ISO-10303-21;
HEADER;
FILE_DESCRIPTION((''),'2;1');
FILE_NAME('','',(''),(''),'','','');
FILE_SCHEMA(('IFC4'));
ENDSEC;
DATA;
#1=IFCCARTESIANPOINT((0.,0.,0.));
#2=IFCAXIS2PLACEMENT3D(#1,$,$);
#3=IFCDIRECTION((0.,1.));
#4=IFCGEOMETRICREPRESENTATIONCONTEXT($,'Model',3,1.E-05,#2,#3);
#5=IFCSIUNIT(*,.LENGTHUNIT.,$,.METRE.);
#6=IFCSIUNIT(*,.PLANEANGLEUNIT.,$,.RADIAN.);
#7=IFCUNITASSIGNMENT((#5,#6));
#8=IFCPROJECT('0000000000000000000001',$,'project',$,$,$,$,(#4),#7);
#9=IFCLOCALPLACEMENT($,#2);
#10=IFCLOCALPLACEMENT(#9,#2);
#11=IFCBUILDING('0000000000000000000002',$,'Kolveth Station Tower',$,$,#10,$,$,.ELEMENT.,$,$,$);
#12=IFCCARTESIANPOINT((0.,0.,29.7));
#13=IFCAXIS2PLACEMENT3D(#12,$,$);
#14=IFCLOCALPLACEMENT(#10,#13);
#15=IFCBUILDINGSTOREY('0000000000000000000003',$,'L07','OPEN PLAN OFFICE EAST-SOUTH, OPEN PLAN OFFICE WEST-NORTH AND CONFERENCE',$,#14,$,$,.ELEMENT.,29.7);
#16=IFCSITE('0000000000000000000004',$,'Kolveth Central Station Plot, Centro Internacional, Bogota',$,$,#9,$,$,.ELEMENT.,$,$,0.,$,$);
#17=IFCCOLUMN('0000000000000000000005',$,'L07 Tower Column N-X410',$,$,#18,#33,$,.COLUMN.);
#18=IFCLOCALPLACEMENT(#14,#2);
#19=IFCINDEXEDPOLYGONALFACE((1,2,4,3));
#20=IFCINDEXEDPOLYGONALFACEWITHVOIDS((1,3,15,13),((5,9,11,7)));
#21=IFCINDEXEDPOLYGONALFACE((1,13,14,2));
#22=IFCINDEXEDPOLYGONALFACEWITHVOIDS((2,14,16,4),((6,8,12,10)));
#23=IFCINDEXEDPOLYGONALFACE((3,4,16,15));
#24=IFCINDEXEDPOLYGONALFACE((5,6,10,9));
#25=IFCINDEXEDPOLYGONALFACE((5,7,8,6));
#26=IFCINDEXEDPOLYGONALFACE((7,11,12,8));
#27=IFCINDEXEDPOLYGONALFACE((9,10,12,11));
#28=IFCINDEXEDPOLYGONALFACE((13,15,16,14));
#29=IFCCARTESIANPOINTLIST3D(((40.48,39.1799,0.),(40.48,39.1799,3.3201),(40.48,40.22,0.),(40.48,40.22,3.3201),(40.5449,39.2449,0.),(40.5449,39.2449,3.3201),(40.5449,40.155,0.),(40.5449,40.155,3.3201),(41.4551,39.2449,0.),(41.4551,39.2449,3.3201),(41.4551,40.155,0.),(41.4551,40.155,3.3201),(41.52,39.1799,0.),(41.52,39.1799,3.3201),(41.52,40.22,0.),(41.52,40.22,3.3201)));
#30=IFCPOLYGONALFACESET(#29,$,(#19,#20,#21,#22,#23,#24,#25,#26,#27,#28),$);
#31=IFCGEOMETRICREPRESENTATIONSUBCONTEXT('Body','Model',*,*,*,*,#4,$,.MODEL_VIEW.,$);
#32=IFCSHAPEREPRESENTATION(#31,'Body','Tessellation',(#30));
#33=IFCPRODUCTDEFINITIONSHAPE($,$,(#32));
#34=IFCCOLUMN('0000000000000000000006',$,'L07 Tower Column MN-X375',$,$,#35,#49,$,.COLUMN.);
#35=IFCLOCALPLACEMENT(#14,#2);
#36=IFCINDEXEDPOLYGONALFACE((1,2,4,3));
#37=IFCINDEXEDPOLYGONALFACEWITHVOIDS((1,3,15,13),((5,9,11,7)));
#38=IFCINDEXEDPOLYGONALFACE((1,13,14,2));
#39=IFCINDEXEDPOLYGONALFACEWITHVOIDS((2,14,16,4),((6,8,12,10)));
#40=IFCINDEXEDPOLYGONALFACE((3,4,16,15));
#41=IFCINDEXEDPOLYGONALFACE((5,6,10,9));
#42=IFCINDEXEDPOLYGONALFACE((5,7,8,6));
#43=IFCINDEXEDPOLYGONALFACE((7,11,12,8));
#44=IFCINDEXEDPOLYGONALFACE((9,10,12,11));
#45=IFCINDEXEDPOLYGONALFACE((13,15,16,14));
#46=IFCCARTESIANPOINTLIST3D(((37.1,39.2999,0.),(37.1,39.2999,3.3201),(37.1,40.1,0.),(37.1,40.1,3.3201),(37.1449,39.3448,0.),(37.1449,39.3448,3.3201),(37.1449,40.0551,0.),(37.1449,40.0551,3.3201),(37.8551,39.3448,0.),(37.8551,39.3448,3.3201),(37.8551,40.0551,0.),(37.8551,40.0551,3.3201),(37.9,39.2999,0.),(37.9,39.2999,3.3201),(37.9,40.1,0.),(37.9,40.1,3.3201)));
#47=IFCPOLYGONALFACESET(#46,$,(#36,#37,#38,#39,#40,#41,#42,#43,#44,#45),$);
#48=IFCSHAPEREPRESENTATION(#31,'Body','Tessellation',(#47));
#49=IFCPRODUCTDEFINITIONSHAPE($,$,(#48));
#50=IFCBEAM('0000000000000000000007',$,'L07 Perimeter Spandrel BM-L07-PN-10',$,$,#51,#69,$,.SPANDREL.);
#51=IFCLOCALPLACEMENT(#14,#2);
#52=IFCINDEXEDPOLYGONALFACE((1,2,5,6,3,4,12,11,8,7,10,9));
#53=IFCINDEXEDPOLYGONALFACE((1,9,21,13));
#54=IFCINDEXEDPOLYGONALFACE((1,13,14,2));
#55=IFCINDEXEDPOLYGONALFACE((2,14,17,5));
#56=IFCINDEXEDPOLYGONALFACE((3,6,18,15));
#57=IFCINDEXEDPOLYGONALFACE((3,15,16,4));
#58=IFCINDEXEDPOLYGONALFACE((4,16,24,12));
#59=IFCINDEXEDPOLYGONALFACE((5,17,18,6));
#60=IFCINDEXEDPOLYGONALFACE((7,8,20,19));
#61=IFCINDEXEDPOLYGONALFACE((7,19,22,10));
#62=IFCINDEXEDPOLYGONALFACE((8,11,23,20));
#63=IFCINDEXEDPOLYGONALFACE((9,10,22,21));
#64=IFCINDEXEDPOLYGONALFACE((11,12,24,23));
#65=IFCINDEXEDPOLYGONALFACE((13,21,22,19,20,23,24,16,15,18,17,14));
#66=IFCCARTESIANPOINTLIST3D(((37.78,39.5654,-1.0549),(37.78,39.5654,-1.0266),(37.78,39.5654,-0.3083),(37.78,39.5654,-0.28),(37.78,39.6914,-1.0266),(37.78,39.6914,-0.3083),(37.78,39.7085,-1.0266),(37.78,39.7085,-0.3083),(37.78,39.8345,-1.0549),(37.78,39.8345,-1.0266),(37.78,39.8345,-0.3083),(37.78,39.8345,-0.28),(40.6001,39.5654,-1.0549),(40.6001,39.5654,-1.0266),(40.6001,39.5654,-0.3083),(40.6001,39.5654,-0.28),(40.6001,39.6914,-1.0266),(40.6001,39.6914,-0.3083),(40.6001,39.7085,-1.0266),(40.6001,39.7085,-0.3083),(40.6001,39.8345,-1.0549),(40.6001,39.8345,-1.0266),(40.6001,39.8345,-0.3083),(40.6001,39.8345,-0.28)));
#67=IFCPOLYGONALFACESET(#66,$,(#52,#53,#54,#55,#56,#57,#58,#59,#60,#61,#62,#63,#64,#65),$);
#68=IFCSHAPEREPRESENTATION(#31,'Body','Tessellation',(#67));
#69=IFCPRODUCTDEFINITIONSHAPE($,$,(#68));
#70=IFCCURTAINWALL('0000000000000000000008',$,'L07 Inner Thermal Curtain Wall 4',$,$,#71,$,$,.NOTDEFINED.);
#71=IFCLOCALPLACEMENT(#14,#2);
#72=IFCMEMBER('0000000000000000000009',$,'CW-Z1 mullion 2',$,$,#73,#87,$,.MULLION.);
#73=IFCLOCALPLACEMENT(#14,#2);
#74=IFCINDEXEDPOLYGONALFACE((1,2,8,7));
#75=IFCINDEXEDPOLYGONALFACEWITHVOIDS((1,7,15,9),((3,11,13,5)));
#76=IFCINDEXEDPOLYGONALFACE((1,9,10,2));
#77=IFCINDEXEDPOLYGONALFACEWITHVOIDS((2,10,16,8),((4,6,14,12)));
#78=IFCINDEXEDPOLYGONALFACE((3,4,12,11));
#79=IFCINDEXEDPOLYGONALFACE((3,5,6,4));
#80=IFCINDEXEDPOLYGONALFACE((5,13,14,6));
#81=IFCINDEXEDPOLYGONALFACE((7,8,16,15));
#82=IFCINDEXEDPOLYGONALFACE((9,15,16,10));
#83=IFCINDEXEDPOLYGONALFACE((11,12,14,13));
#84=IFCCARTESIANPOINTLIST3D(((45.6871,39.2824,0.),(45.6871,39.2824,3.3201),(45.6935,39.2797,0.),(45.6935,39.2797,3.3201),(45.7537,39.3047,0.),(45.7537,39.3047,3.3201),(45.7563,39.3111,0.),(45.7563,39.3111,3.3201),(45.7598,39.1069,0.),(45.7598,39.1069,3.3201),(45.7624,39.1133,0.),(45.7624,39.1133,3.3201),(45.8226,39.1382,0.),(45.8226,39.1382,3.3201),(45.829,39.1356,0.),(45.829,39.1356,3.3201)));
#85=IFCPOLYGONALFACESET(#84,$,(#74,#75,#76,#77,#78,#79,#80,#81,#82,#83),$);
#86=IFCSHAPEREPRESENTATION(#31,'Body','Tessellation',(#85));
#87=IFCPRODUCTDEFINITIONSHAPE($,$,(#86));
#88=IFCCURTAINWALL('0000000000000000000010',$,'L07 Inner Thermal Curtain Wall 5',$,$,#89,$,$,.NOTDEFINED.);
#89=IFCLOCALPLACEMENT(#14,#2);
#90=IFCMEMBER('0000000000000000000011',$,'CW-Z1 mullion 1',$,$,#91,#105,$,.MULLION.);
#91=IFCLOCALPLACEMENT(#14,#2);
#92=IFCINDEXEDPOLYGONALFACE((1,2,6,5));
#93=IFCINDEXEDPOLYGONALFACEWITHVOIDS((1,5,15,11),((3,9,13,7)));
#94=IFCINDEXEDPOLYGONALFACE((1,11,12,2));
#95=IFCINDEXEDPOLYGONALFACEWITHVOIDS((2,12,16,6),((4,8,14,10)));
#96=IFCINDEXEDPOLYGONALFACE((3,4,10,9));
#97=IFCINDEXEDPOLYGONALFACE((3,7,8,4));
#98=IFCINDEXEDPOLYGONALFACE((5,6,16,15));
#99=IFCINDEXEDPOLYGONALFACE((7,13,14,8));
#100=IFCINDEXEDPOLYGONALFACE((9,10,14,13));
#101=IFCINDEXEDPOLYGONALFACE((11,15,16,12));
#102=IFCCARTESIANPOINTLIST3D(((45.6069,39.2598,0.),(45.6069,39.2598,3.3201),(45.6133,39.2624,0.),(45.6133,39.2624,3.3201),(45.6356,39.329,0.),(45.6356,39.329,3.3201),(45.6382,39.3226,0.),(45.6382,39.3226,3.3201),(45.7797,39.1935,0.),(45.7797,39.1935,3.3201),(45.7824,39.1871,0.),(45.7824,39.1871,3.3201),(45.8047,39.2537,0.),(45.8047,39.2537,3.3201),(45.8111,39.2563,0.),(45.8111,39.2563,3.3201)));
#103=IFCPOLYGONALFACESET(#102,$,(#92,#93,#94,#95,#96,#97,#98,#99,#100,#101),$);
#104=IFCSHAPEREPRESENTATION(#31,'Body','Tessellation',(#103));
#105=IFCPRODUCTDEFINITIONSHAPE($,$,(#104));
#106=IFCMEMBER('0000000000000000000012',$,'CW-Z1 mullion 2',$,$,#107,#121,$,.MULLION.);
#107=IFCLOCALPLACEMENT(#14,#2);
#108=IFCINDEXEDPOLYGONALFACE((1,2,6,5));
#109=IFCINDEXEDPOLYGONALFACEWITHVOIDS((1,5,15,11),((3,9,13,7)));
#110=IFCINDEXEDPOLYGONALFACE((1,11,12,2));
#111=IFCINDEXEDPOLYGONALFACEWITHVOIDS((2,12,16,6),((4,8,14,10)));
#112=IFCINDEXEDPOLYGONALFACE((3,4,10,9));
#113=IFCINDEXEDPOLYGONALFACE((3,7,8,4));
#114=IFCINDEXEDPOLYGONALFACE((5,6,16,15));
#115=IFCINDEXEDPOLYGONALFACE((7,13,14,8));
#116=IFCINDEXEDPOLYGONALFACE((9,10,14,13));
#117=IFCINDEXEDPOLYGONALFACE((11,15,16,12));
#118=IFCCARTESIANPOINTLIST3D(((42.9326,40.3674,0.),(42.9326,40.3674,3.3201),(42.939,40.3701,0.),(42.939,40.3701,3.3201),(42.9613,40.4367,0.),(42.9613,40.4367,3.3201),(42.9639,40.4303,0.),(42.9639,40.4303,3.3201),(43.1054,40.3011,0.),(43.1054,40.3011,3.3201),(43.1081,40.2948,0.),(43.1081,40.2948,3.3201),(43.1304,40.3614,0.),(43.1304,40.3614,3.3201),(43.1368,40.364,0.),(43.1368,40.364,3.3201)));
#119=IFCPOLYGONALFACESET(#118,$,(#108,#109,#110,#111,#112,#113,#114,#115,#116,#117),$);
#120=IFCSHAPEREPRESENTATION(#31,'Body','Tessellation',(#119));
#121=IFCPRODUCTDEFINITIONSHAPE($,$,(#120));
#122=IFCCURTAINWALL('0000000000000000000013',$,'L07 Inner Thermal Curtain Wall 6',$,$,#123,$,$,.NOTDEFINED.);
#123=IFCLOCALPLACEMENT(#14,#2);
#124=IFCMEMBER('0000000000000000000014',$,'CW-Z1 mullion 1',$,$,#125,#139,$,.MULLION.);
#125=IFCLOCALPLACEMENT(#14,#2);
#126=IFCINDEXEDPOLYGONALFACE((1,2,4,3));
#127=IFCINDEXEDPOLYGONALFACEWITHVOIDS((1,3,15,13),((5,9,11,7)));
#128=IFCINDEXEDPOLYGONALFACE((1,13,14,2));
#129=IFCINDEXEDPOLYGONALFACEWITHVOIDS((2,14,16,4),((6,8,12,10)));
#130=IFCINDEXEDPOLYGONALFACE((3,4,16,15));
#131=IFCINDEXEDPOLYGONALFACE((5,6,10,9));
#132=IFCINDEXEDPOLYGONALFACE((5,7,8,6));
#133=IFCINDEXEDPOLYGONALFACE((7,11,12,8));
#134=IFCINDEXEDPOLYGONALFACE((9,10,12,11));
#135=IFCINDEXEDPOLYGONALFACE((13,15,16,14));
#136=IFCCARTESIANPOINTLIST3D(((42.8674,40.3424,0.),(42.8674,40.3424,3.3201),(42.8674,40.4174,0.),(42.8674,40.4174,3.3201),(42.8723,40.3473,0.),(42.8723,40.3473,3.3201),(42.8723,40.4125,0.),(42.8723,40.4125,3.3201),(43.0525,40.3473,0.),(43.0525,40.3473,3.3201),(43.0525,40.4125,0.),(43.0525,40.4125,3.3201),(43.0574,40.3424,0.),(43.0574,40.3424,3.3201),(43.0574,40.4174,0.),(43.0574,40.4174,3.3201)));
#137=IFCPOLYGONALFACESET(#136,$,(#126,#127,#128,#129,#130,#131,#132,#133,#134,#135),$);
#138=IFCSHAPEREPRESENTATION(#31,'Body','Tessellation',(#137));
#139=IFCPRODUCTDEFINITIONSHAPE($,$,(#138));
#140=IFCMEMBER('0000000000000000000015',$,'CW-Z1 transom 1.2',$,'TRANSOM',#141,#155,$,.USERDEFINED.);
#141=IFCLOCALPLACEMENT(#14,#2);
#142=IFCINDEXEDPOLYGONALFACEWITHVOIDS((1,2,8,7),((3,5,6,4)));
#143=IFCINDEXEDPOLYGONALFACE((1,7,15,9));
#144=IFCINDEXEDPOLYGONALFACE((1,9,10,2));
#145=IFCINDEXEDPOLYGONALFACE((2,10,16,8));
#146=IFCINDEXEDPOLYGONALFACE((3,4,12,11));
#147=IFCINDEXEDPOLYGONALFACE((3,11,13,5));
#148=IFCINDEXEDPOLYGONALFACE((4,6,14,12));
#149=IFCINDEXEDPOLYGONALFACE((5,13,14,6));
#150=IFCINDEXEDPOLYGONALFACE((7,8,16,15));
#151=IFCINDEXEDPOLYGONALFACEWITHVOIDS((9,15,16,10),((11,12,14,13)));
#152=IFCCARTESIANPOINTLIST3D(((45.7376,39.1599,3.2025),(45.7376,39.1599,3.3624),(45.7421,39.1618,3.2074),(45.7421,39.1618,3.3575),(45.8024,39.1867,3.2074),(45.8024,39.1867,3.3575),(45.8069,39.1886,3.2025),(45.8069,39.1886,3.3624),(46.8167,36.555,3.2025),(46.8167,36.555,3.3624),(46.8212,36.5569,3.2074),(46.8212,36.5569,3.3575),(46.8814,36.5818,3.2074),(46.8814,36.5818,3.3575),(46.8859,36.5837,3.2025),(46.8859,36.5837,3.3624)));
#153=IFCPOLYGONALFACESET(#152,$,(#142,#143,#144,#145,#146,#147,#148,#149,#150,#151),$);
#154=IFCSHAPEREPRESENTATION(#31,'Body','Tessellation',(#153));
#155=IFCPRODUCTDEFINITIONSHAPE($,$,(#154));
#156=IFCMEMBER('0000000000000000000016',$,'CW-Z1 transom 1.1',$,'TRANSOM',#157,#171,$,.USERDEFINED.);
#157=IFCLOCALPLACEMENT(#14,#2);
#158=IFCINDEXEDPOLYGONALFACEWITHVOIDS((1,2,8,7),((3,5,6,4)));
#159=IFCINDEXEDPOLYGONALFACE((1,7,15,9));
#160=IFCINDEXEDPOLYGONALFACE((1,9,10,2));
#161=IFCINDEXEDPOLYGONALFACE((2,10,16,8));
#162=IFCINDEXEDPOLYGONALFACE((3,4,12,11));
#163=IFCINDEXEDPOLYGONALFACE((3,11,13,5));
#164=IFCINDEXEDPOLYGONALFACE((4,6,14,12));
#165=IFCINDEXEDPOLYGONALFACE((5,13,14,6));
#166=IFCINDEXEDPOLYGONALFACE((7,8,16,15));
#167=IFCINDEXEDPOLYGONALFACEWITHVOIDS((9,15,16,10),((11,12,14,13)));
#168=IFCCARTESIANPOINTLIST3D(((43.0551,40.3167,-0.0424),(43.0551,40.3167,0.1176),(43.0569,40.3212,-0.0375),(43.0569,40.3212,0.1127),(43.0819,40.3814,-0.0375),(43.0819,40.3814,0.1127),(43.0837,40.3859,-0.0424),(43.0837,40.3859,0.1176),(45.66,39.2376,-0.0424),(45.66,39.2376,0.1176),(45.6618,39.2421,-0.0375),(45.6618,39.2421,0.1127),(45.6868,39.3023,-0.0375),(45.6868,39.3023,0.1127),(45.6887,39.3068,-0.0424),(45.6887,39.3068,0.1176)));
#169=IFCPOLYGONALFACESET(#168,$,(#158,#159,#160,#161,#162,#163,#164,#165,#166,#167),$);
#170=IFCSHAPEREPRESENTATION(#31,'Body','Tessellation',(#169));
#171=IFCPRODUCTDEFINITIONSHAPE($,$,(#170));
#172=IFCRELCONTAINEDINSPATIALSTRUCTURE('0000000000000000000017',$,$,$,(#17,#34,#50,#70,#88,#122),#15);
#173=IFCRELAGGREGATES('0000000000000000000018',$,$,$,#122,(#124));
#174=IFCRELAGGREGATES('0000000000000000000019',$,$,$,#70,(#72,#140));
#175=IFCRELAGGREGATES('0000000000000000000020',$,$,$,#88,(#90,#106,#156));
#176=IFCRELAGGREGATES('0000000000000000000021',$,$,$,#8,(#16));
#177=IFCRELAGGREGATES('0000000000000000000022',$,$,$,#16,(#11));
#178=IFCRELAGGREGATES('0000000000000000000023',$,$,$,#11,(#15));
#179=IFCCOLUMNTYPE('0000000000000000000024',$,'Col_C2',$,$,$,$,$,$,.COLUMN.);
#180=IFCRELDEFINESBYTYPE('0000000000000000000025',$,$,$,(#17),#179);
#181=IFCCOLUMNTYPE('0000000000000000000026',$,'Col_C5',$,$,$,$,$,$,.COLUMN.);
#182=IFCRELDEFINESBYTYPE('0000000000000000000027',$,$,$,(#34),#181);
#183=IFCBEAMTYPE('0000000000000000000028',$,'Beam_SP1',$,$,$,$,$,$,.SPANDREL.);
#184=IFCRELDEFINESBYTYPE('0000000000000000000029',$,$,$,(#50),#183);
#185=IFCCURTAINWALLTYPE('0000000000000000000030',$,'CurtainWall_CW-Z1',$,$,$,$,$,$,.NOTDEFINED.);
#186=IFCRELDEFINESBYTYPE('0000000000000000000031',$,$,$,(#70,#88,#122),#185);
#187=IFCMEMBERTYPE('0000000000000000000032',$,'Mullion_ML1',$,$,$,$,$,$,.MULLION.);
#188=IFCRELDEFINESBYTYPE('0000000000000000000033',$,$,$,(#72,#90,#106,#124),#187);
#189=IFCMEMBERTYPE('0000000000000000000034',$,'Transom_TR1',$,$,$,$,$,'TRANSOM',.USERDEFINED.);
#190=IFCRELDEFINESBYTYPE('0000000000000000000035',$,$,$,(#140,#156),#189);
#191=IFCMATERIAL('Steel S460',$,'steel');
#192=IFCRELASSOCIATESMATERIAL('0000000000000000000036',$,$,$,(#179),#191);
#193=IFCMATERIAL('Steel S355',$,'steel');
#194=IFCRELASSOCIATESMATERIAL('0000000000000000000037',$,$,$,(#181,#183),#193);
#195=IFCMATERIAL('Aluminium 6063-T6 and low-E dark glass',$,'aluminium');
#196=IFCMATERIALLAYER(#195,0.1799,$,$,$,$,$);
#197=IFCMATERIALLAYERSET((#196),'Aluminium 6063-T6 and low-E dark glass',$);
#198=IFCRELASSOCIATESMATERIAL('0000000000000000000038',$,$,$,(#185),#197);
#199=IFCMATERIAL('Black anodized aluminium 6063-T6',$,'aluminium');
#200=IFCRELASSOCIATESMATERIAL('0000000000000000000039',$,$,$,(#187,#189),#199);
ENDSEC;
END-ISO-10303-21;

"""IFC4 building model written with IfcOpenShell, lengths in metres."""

from ifc_helpers import new_model, si_unit, direction, frame, origin, origin_2d, place, context, subcontext, project, spatial, hollow_rectangle, i_section, extrude, source, transform, mapped, material, layer, layer_set, material_profile, profile_set, type_object, element, aggregate, save


model = new_model("IFC4")

# Units and contexts
model_context = context("Model", 3, precision=1e-05, world=origin(), true_north=direction((0.0, 1.0)))
body_context = subcontext(model_context, "Body", "Model", "MODEL_VIEW")
ifc_project = project(units=[si_unit("LENGTHUNIT", "METRE"), si_unit("PLANEANGLEUNIT", "RADIAN")], contexts=[model_context])

# Site, building, storey
site_placement = place(None, origin())
site = spatial("IfcSite", under=ifc_project, at=site_placement, Name="Kolveth Central Station Plot, Centro Internacional, Bogota", CompositionType="ELEMENT", RefElevation=0.0)
building_placement = place(site_placement, origin())
building = spatial("IfcBuilding", under=site, at=building_placement, Name="Kolveth Station Tower", CompositionType="ELEMENT")
storey_placement = place(building_placement, frame((0.0, 0.0, 29.7)))
storey = spatial("IfcBuildingStorey", under=building, at=storey_placement, Name="L07", Description="OPEN PLAN OFFICE EAST-SOUTH, OPEN PLAN OFFICE WEST-NORTH AND CONFERENCE", CompositionType="ELEMENT", Elevation=29.7)

# Columns
ifc_material_1 = material(Name="Steel S460", Category="steel")
ifc_material_profile_1 = material_profile(ifc_material_1, hollow_rectangle(XDim=1.04, YDim=1.04, WallThickness=0.0649, at=origin_2d()), Name="BOX1040x1040x65")
ifc_profile_set_1 = profile_set([ifc_material_profile_1], Name="Steel S460")
column_type_1 = type_object("IfcColumnType", Name="Col_C2", PredefinedType="COLUMN", material=ifc_profile_set_1)
shared_shape_1 = source(origin(), body_context, "Body", "SweptSolid", [
    extrude(hollow_rectangle(XDim=1.04, YDim=1.04, WallThickness=0.0649, at=origin_2d()), origin(), (0.0, 0.0, 1.0), 3.3201),
])
column_1_placement = place(storey_placement, frame((41.0, 39.7, 0.0), z_axis=(0.0, 0.0, 1.0), x_axis=(1.0, 0.0, 0.0)))
element("IfcColumn", 1, at=column_1_placement, inside=storey, type_object=column_type_1, Name="L07 Tower Column N-X410", PredefinedType="COLUMN", context=body_context, shape_type="MappedRepresentation", body=[
    mapped(shared_shape_1, transform((0.0, 0.0, 0.0), x_axis=(1.0, 0.0, 0.0), y_axis=(0.0, 1.0, 0.0), z_axis=(0.0, 0.0, 1.0), scale=1.0)),
])
ifc_material_2 = material(Name="Steel S355", Category="steel")
ifc_material_profile_2 = material_profile(ifc_material_2, hollow_rectangle(XDim=0.8, YDim=0.8, WallThickness=0.0449, at=origin_2d()), Name="BOX800x800x45")
ifc_profile_set_2 = profile_set([ifc_material_profile_2], Name="Steel S355")
column_type_2 = type_object("IfcColumnType", Name="Col_C5", PredefinedType="COLUMN", material=ifc_profile_set_2)
shared_shape_2 = source(origin(), body_context, "Body", "SweptSolid", [
    extrude(hollow_rectangle(XDim=0.8, YDim=0.8, WallThickness=0.0449, at=origin_2d()), origin(), (0.0, 0.0, 1.0), 3.3201),
])
column_2_placement = place(storey_placement, frame((37.5, 39.7, 0.0), z_axis=(0.0, 0.0, 1.0), x_axis=(1.0, 0.0, 0.0)))
element("IfcColumn", 2, at=column_2_placement, inside=storey, type_object=column_type_2, Name="L07 Tower Column MN-X375", PredefinedType="COLUMN", context=body_context, shape_type="MappedRepresentation", body=[
    mapped(shared_shape_2, transform((0.0, 0.0, 0.0), x_axis=(1.0, 0.0, 0.0), y_axis=(0.0, 1.0, 0.0), z_axis=(0.0, 0.0, 1.0), scale=1.0)),
])

# Beam
ifc_material_profile_3 = material_profile(ifc_material_2, i_section(OverallWidth=0.269, OverallDepth=0.7749, WebThickness=0.0171, FlangeThickness=0.0283, at=origin_2d()), Name="W760x220")
ifc_profile_set_3 = profile_set([ifc_material_profile_3], Name="Steel S355")
beam_type = type_object("IfcBeamType", Name="Beam_SP1", PredefinedType="SPANDREL", material=ifc_profile_set_3)
shared_shape_3 = source(origin(), body_context, "Body", "SweptSolid", [
    extrude(i_section(OverallWidth=0.269, OverallDepth=0.7749, WebThickness=0.0171, FlangeThickness=0.0283, at=origin_2d()), origin(), (0.0, 0.0, 1.0), 2.8201),
])
beam_placement = place(storey_placement, frame((37.78, 39.7, -0.6675), z_axis=(1.0, 0.0, 0.0), x_axis=(0.0, 1.0, 0.0)))
element("IfcBeam", 3, at=beam_placement, inside=storey, type_object=beam_type, Name="L07 Perimeter Spandrel BM-L07-PN-10", PredefinedType="SPANDREL", context=body_context, shape_type="MappedRepresentation", body=[
    mapped(shared_shape_3, transform((0.0, 0.0, 0.0), x_axis=(1.0, 0.0, 0.0), y_axis=(0.0, 1.0, 0.0), z_axis=(0.0, 0.0, 1.0), scale=1.0)),
])

# Curtain wall, member
ifc_material_3 = material(Name="Aluminium 6063-T6 and low-E dark glass", Category="aluminium")
ifc_layer_1 = layer(ifc_material_3, 0.1799)
ifc_layer_set_1 = layer_set([ifc_layer_1], Name="Aluminium 6063-T6 and low-E dark glass")
curtain_wall_type_1 = type_object("IfcCurtainWallType", Name="CurtainWall_CW-Z1", PredefinedType="NOTDEFINED", material=ifc_layer_set_1)
curtain_wall_1_placement = place(storey_placement, origin())
curtain_wall_1 = element("IfcCurtainWall", 4, at=curtain_wall_1_placement, inside=storey, type_object=curtain_wall_type_1, Name="L07 Inner Thermal Curtain Wall 4", PredefinedType="NOTDEFINED")
ifc_material_4 = material(Name="Black anodized aluminium 6063-T6", Category="aluminium")
ifc_material_profile_4 = material_profile(ifc_material_4, hollow_rectangle(XDim=0.075, YDim=0.1899, WallThickness=0.0049, at=origin_2d()), Name="ALU-75x190x5")
ifc_profile_set_4 = profile_set([ifc_material_profile_4], Name="Black anodized aluminium 6063-T6")
member_type_1 = type_object("IfcMemberType", Name="Mullion_ML1", PredefinedType="MULLION", material=ifc_profile_set_4)
shared_shape_4 = source(origin(), body_context, "Body", "SweptSolid", [
    extrude(hollow_rectangle(XDim=0.075, YDim=0.1899, WallThickness=0.0049, at=origin_2d()), origin(), (0.0, 0.0, 1.0), 3.3201),
])
member_1_placement = place(storey_placement, frame((45.7581, 39.209, 0.0), z_axis=(0.0, 0.0, 1.0), x_axis=(-0.923884, -0.382673, 0.0)))
member_1 = element("IfcMember", 5, at=member_1_placement, type_object=member_type_1, Name="CW-Z1 mullion 2", PredefinedType="MULLION", context=body_context, shape_type="MappedRepresentation", body=[
    mapped(shared_shape_4, transform((0.0, 0.0, 0.0), x_axis=(1.0, 0.0, 0.0), y_axis=(0.0, 1.0, 0.0), z_axis=(0.0, 0.0, 1.0), scale=1.0)),
])

# Curtain wall, members
curtain_wall_2_placement = place(storey_placement, origin())
curtain_wall_2 = element("IfcCurtainWall", 6, at=curtain_wall_2_placement, inside=storey, type_object=curtain_wall_type_1, Name="L07 Inner Thermal Curtain Wall 5", PredefinedType="NOTDEFINED")
member_2_placement = place(storey_placement, frame((45.709, 39.2581, 0.0), z_axis=(0.0, 0.0, 1.0), x_axis=(-0.382673, -0.923884, 0.0)))
member_2 = element("IfcMember", 7, at=member_2_placement, type_object=member_type_1, Name="CW-Z1 mullion 1", PredefinedType="MULLION", context=body_context, shape_type="MappedRepresentation", body=[
    mapped(shared_shape_4, transform((0.0, 0.0, 0.0), x_axis=(1.0, 0.0, 0.0), y_axis=(0.0, 1.0, 0.0), z_axis=(0.0, 0.0, 1.0), scale=1.0)),
])
member_3_placement = place(storey_placement, frame((43.0347, 40.3657, 0.0), z_axis=(0.0, 0.0, 1.0), x_axis=(-0.382673, -0.923884, 0.0)))
member_3 = element("IfcMember", 8, at=member_3_placement, type_object=member_type_1, Name="CW-Z1 mullion 2", PredefinedType="MULLION", context=body_context, shape_type="MappedRepresentation", body=[
    mapped(shared_shape_4, transform((0.0, 0.0, 0.0), x_axis=(1.0, 0.0, 0.0), y_axis=(0.0, 1.0, 0.0), z_axis=(0.0, 0.0, 1.0), scale=1.0)),
])

# Curtain wall, member
curtain_wall_3_placement = place(storey_placement, origin())
curtain_wall_3 = element("IfcCurtainWall", 9, at=curtain_wall_3_placement, inside=storey, type_object=curtain_wall_type_1, Name="L07 Inner Thermal Curtain Wall 6", PredefinedType="NOTDEFINED")
member_4_placement = place(storey_placement, frame((42.9624, 40.3799, 0.0), z_axis=(0.0, 0.0, 1.0), x_axis=(0.0, -1.0, 0.0)))
member_4 = element("IfcMember", 10, at=member_4_placement, type_object=member_type_1, Name="CW-Z1 mullion 1", PredefinedType="MULLION", context=body_context, shape_type="MappedRepresentation", body=[
    mapped(shared_shape_4, transform((0.0, 0.0, 0.0), x_axis=(1.0, 0.0, 0.0), y_axis=(0.0, 1.0, 0.0), z_axis=(0.0, 0.0, 1.0), scale=1.0)),
])

# Members
ifc_material_profile_5 = material_profile(ifc_material_4, hollow_rectangle(XDim=0.075, YDim=0.1599, WallThickness=0.0049, at=origin_2d()), Name="ALU-75x160x5")
ifc_profile_set_5 = profile_set([ifc_material_profile_5], Name="Black anodized aluminium 6063-T6")
member_type_2 = type_object("IfcMemberType", Name="Transom_TR1", ElementType="TRANSOM", PredefinedType="USERDEFINED", material=ifc_profile_set_5)
shared_shape_5 = source(origin(), body_context, "Body", "SweptSolid", [
    extrude(hollow_rectangle(XDim=0.075, YDim=0.1599, WallThickness=0.0049, at=origin_2d()), origin(), (0.0, 0.0, 1.0), 2.8196),
])
member_5_placement = place(storey_placement, frame((46.8513, 36.5693, 3.2825), z_axis=(-0.382709, 0.923869, 0.0), x_axis=(-0.923869, -0.382709, 0.0)))
member_5 = element("IfcMember", 11, at=member_5_placement, type_object=member_type_2, Name="CW-Z1 transom 1.2", ObjectType="TRANSOM", PredefinedType="USERDEFINED", context=body_context, shape_type="MappedRepresentation", body=[
    mapped(shared_shape_5, transform((0.0, 0.0, 0.0), x_axis=(1.0, 0.0, 0.0), y_axis=(0.0, 1.0, 0.0), z_axis=(0.0, 0.0, 1.0), scale=1.0)),
])
member_6_placement = place(storey_placement, frame((45.6743, 39.2722, 0.0376), z_axis=(-0.923869, 0.382709, 0.0), x_axis=(-0.382709, -0.923869, 0.0)))
member_6 = element("IfcMember", 12, at=member_6_placement, type_object=member_type_2, Name="CW-Z1 transom 1.1", ObjectType="TRANSOM", PredefinedType="USERDEFINED", context=body_context, shape_type="MappedRepresentation", body=[
    mapped(shared_shape_5, transform((0.0, 0.0, 0.0), x_axis=(1.0, 0.0, 0.0), y_axis=(0.0, 1.0, 0.0), z_axis=(0.0, 0.0, 1.0), scale=1.0)),
])
aggregate(curtain_wall_3, [member_4])

aggregate(curtain_wall_1, [member_1, member_5])
aggregate(curtain_wall_2, [member_2, member_3, member_6])

save(model, "model.ifc")
